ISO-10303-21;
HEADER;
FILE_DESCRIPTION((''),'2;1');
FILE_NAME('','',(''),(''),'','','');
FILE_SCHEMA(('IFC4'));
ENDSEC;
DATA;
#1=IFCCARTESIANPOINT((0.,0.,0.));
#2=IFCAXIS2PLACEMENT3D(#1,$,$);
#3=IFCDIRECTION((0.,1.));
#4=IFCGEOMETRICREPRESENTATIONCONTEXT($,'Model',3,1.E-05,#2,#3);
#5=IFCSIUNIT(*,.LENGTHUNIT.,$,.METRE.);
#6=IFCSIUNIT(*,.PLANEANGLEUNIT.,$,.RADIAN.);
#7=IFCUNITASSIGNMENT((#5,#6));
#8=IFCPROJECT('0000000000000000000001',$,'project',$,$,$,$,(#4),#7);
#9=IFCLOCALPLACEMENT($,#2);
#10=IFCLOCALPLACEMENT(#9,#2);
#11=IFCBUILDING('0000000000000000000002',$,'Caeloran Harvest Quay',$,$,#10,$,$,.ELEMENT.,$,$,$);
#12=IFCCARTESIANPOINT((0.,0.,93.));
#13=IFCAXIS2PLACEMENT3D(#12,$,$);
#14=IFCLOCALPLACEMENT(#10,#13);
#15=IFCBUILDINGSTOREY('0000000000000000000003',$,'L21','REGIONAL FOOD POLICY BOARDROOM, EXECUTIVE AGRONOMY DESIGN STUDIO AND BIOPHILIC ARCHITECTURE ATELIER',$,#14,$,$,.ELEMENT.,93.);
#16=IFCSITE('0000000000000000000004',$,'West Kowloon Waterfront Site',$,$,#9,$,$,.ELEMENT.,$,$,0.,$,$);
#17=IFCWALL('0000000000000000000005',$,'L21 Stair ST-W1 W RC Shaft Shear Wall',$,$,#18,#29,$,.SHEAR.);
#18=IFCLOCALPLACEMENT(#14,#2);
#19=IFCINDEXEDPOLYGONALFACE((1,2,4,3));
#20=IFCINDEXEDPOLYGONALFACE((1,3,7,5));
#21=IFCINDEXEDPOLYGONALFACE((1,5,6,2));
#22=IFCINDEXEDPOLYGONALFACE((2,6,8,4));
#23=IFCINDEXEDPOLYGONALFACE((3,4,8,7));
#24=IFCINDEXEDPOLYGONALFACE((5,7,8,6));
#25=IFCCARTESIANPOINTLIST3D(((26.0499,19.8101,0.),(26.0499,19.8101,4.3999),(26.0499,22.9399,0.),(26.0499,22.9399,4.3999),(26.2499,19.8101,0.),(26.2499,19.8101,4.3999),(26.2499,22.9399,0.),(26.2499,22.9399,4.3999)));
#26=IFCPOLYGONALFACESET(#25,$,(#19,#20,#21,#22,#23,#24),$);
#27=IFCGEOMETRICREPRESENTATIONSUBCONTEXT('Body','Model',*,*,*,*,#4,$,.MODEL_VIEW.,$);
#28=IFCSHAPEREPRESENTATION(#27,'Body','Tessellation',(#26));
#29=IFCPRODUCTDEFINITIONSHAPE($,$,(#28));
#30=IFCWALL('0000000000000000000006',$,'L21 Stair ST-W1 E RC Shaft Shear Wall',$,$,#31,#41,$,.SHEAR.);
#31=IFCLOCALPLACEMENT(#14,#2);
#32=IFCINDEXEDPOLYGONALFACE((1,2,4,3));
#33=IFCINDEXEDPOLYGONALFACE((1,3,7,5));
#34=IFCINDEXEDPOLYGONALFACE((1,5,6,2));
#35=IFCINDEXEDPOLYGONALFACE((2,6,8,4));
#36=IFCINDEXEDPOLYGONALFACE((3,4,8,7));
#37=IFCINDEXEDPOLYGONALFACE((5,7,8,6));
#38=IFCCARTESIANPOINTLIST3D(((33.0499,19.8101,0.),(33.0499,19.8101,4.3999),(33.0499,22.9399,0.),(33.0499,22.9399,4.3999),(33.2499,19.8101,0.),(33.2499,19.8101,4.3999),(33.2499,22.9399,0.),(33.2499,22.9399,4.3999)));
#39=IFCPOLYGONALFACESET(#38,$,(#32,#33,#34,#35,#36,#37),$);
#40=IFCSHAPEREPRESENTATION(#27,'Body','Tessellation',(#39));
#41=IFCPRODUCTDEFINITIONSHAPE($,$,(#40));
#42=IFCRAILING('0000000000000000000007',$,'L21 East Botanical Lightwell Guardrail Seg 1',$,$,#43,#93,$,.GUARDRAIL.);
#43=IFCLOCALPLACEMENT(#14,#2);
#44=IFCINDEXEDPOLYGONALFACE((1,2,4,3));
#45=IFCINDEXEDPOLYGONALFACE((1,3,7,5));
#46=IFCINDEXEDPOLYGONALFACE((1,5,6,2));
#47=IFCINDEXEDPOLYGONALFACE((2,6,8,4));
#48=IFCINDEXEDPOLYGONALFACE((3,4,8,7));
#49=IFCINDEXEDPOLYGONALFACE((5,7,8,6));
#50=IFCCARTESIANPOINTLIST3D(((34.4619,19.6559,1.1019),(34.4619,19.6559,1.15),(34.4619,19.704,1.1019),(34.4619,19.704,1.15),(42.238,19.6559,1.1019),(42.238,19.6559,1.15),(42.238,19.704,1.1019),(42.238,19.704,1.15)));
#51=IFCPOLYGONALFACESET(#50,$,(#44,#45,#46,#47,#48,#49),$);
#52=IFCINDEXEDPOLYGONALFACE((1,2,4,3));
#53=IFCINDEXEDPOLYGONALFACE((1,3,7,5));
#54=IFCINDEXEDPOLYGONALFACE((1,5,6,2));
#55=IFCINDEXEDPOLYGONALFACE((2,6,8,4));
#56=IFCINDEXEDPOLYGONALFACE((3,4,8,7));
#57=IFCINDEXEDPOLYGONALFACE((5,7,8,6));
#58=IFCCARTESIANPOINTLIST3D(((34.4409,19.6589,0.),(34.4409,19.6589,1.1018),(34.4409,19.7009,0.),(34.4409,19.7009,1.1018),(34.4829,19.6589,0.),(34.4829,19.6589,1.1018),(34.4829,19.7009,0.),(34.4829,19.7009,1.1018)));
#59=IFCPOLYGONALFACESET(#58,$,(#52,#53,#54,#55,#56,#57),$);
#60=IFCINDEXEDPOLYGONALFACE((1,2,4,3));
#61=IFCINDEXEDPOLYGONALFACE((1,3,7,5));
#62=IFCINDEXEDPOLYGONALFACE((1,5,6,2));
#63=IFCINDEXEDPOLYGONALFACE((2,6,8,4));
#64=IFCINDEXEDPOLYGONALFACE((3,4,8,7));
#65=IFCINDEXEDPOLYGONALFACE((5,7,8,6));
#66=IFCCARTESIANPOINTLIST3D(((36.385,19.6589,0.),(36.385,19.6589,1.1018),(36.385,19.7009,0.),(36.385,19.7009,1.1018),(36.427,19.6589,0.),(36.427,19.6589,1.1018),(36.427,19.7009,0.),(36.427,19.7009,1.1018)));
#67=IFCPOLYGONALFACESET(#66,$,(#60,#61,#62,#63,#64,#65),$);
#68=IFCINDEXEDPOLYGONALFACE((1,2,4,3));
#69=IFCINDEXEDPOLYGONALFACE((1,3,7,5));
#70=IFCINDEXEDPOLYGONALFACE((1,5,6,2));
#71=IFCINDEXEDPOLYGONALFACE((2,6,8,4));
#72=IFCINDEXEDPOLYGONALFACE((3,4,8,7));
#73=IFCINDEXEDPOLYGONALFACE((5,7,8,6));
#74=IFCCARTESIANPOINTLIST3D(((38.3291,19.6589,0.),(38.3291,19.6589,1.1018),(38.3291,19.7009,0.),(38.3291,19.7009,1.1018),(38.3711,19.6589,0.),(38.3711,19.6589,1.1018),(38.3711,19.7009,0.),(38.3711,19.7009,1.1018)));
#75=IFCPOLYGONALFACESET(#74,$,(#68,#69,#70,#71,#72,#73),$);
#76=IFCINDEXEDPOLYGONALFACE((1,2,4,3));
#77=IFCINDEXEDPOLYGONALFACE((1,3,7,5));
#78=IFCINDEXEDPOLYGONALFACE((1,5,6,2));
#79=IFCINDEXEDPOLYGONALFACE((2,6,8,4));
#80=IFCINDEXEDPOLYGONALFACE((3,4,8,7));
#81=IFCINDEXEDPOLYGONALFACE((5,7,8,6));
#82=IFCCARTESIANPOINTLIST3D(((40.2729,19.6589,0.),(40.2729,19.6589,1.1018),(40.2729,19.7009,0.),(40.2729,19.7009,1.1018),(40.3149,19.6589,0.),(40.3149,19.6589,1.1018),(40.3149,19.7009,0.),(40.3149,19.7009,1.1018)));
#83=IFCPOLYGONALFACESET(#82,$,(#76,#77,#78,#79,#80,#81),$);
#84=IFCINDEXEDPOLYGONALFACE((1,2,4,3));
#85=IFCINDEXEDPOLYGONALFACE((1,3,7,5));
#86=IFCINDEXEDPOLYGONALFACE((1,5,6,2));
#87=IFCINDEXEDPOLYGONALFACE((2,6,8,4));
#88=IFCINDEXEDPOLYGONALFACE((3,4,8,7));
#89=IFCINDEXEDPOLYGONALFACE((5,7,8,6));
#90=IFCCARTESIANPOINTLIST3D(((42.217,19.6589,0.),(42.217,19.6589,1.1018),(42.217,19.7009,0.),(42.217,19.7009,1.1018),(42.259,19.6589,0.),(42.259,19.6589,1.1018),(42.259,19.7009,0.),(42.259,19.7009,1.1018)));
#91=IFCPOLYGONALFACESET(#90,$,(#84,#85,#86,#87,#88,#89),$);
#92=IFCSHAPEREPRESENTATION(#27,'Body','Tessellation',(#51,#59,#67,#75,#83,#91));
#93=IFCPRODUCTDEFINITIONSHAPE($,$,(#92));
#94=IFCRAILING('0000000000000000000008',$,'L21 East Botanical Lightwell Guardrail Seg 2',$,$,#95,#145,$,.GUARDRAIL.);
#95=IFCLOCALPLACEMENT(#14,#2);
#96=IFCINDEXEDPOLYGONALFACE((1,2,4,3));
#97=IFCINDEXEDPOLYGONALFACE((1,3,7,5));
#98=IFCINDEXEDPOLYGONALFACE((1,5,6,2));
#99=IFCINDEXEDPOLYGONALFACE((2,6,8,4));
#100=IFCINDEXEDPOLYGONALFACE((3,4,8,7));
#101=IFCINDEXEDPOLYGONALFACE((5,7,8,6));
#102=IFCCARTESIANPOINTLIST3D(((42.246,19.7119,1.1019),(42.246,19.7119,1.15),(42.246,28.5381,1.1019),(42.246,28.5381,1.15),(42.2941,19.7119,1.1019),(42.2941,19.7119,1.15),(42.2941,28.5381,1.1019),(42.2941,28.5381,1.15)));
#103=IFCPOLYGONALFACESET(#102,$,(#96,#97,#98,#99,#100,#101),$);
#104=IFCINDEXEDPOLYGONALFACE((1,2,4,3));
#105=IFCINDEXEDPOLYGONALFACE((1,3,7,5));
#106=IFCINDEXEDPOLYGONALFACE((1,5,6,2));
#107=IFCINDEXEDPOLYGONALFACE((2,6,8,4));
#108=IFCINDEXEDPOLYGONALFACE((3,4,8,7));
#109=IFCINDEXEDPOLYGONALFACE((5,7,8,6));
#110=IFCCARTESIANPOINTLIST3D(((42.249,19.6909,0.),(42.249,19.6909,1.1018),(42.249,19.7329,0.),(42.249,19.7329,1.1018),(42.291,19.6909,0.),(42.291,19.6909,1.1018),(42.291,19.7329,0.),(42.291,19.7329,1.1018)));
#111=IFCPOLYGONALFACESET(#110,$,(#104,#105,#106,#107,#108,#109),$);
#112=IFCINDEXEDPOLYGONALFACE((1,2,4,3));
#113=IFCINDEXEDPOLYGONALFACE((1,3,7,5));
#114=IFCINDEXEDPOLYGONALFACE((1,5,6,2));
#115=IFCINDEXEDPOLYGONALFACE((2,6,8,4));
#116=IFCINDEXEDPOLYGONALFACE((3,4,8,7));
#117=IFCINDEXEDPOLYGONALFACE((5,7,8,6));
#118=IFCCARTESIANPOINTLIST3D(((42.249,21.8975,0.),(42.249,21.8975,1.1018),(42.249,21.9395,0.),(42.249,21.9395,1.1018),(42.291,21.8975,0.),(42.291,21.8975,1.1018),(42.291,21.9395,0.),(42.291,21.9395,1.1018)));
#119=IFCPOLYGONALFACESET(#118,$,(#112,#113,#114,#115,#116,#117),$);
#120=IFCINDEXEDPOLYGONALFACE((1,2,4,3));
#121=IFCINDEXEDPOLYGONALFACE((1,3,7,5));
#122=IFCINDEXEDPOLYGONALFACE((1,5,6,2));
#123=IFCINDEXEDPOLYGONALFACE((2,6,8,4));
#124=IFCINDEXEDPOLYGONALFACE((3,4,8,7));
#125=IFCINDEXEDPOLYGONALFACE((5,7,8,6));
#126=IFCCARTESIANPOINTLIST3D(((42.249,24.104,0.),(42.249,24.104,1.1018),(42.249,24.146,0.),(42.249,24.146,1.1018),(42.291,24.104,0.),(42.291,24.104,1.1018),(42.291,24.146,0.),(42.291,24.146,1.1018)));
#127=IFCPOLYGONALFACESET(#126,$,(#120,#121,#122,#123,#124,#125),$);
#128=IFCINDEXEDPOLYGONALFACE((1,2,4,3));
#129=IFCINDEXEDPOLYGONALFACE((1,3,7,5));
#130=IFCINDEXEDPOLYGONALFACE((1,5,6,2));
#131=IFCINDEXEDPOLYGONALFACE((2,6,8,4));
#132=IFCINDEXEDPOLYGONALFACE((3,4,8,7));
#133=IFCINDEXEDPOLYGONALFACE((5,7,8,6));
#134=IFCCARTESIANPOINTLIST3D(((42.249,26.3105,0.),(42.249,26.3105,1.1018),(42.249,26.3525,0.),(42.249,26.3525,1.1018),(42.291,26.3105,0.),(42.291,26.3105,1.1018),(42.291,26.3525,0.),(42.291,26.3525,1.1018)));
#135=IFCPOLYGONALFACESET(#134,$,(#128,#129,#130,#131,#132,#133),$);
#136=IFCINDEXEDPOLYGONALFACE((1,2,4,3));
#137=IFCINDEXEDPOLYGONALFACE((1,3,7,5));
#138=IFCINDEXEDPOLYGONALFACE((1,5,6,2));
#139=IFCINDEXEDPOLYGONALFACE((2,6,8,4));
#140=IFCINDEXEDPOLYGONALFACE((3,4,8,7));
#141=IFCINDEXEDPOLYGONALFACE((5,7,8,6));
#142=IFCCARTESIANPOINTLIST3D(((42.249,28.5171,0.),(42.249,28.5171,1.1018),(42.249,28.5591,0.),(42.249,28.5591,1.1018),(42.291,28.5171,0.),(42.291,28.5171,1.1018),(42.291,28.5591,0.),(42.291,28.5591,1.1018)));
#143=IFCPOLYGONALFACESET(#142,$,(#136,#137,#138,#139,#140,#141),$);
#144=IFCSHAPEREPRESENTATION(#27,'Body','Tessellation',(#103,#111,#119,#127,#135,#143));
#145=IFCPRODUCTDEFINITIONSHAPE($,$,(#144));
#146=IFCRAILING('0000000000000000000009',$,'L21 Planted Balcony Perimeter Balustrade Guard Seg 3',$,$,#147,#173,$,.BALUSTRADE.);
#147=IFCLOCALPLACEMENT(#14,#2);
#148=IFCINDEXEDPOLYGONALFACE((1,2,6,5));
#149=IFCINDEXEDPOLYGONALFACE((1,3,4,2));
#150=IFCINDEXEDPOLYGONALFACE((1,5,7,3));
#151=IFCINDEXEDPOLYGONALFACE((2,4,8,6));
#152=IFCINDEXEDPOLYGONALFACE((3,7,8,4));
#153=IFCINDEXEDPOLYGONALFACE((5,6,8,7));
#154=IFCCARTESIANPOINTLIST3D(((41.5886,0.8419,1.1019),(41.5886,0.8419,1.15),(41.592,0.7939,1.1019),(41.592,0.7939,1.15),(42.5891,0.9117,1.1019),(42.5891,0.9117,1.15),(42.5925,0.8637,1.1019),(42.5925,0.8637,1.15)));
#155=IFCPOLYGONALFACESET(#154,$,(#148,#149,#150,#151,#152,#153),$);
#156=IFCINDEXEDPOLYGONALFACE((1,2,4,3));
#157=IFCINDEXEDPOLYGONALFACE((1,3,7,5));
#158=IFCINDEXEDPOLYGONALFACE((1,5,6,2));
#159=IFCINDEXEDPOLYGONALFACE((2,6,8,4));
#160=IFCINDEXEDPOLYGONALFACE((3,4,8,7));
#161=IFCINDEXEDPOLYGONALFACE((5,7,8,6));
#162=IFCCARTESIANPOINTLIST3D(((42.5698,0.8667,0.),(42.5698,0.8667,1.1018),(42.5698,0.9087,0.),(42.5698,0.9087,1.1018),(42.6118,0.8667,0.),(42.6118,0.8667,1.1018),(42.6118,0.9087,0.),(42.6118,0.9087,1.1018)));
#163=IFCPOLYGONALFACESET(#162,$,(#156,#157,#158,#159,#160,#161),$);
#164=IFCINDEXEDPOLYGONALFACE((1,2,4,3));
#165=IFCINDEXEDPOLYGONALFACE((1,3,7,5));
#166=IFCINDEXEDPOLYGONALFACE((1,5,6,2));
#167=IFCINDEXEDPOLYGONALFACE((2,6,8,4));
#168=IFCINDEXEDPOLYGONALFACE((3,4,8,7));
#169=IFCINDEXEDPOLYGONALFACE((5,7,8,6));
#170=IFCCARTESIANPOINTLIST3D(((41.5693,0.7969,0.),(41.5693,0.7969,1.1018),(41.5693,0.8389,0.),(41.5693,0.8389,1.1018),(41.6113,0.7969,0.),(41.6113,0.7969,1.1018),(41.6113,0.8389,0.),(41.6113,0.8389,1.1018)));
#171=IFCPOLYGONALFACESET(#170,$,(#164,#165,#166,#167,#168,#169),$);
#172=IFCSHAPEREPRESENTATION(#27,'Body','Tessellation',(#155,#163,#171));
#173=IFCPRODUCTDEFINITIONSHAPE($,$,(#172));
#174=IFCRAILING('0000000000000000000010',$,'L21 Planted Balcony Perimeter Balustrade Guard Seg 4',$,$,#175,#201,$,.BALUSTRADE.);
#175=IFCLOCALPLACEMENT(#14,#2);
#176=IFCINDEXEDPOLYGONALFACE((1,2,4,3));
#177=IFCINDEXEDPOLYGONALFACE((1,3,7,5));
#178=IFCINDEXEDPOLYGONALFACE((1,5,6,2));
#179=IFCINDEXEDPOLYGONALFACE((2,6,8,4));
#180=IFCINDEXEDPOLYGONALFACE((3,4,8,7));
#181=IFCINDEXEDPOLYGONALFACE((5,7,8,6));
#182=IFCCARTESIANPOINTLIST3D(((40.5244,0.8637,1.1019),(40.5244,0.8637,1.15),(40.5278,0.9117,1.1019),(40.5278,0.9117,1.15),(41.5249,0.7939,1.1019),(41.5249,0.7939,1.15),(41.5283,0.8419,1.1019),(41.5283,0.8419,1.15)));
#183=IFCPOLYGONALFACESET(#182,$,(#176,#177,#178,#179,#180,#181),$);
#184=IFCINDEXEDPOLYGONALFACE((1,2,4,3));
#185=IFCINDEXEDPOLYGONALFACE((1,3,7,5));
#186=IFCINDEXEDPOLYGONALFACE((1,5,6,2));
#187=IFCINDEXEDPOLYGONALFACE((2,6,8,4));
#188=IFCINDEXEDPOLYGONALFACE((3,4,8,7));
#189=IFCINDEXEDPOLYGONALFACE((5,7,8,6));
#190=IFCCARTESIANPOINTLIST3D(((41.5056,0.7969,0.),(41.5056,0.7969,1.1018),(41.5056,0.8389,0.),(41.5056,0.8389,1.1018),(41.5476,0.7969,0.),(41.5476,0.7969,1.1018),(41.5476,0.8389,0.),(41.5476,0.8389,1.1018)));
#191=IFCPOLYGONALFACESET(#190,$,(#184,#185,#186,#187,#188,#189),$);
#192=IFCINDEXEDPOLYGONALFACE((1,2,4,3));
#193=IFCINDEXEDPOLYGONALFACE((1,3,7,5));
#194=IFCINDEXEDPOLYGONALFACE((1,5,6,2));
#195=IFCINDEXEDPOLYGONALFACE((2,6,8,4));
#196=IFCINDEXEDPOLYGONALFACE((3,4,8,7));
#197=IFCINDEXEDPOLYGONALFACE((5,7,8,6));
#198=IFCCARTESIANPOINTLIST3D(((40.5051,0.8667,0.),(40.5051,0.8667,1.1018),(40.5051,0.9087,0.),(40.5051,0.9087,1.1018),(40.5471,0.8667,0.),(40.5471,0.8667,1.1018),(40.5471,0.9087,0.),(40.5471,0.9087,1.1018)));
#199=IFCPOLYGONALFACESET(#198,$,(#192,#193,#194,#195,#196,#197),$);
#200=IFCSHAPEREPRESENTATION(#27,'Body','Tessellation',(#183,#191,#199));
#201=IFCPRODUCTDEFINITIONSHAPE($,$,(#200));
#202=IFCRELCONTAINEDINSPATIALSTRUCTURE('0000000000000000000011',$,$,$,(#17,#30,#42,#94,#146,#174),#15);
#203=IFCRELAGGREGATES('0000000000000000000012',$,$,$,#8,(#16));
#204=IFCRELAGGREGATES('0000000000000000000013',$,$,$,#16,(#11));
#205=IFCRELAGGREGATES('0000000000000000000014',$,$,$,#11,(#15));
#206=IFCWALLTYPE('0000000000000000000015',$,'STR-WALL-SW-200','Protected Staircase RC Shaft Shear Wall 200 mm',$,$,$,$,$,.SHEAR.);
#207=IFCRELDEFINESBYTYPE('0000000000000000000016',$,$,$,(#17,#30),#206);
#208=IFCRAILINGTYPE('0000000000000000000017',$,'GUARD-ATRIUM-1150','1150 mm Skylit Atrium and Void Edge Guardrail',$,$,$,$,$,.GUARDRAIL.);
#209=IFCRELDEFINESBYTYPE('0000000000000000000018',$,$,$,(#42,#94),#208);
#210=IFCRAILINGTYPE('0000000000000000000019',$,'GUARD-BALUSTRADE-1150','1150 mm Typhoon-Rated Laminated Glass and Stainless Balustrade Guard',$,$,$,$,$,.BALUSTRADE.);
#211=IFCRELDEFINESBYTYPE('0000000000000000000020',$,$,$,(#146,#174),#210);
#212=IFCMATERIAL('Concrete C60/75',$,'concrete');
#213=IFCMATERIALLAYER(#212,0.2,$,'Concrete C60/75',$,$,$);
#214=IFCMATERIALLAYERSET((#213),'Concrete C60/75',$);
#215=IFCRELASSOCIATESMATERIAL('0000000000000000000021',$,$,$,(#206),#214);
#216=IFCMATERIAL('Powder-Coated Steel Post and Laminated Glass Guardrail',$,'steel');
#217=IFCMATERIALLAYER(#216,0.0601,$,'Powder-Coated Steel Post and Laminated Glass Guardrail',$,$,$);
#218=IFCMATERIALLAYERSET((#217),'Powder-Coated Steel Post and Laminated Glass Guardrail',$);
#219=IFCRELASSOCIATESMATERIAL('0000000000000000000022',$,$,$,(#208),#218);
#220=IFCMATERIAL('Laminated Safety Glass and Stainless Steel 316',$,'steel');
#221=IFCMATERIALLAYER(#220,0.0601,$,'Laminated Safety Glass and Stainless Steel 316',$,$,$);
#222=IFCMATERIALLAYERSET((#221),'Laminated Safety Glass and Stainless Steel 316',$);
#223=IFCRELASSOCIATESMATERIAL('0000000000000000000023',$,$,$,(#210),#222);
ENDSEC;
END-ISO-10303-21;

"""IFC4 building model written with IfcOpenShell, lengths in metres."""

from ifc_helpers import new_model, si_unit, direction, frame, frame_2d, origin, origin_2d, place, context, subcontext, project, spatial, rectangle, extrude, material, layer, layer_set, type_object, element, save


model = new_model("IFC4")

# Units and contexts
model_context = context("Model", 3, precision=1e-05, world=origin(), true_north=direction((0.0, 1.0)))
body_context = subcontext(model_context, "Body", "Model", "MODEL_VIEW")
ifc_project = project(units=[si_unit("LENGTHUNIT", "METRE"), si_unit("PLANEANGLEUNIT", "RADIAN")], contexts=[model_context])

# Site, building, storey
site_placement = place(None, origin())
site = spatial("IfcSite", under=ifc_project, at=site_placement, Name="West Kowloon Waterfront Site", CompositionType="ELEMENT", RefElevation=0.0)
building_placement = place(site_placement, origin())
building = spatial("IfcBuilding", under=site, at=building_placement, Name="Caeloran Harvest Quay", CompositionType="ELEMENT")
storey_placement = place(building_placement, frame((0.0, 0.0, 93.0)))
storey = spatial("IfcBuildingStorey", under=building, at=storey_placement, Name="L21", Description="REGIONAL FOOD POLICY BOARDROOM, EXECUTIVE AGRONOMY DESIGN STUDIO AND BIOPHILIC ARCHITECTURE ATELIER", CompositionType="ELEMENT", Elevation=93.0)

# Shared definitions
ifc_material_1 = material(Name="Concrete C60/75", Category="concrete")
ifc_layer_1 = layer(ifc_material_1, 0.2, Name="Concrete C60/75")
ifc_layer_set_1 = layer_set([ifc_layer_1], Name="Concrete C60/75")
wall_type_1 = type_object("IfcWallType", Name="STR-WALL-SW-200", Description="Protected Staircase RC Shaft Shear Wall 200 mm", PredefinedType="SHEAR", material=ifc_layer_set_1)

# Walls
for number, where, z_axis, x_axis, name in (
    (1, (26.1499, 19.8101, 0.0), (0.0, 0.0, 1.0), (0.0, 1.0, 0.0), "L21 Stair ST-W1 W RC Shaft Shear Wall"),
    (2, (33.1499, 19.8101, 0.0), (0.0, 0.0, 1.0), (0.0, 1.0, 0.0), "L21 Stair ST-W1 E RC Shaft Shear Wall"),
):
    element("IfcWall", number, at=place(storey_placement, frame(where, z_axis=z_axis, x_axis=x_axis)), inside=storey, type_object=wall_type_1, Name=name, PredefinedType="SHEAR", context=body_context, shape_type="SweptSolid", body=[
        extrude(rectangle(XDim=3.1299, YDim=0.2, at=frame_2d((1.5649, 0.0))), origin(), (0.0, 0.0, 1.0), 4.3999),
    ])

# Railings
ifc_material_2 = material(Name="Powder-Coated Steel Post and Laminated Glass Guardrail", Category="steel")
ifc_layer_2 = layer(ifc_material_2, 0.0601, Name="Powder-Coated Steel Post and Laminated Glass Guardrail")
ifc_layer_set_2 = layer_set([ifc_layer_2], Name="Powder-Coated Steel Post and Laminated Glass Guardrail")
railing_type_1 = type_object("IfcRailingType", Name="GUARD-ATRIUM-1150", Description="1150 mm Skylit Atrium and Void Edge Guardrail", PredefinedType="GUARDRAIL", material=ifc_layer_set_2)
railing_1_placement = place(storey_placement, frame((34.4619, 19.6799, 0.0)))
element("IfcRailing", 3, at=railing_1_placement, inside=storey, type_object=railing_type_1, Name="L21 East Botanical Lightwell Guardrail Seg 1", PredefinedType="GUARDRAIL", context=body_context, shape_type="SweptSolid", body=[
    extrude(rectangle(XDim=0.0481, YDim=0.0481, at=origin_2d()), frame((0.0, 0.0, 1.126), z_axis=(1.0, 0.0, 0.0), x_axis=(0.0, 1.0, 0.0)), (0.0, 0.0, 1.0), 7.7761),
    extrude(rectangle(XDim=0.042, YDim=0.042, at=origin_2d()), origin(), (0.0, 0.0, 1.0), 1.1018),
    extrude(rectangle(XDim=0.042, YDim=0.042, at=origin_2d()), frame((1.9441, 0.0, 0.0)), (0.0, 0.0, 1.0), 1.1018),
    extrude(rectangle(XDim=0.042, YDim=0.042, at=origin_2d()), frame((3.8882, 0.0, 0.0)), (0.0, 0.0, 1.0), 1.1018),
    extrude(rectangle(XDim=0.042, YDim=0.042, at=origin_2d()), frame((5.832, 0.0, 0.0)), (0.0, 0.0, 1.0), 1.1018),
    extrude(rectangle(XDim=0.042, YDim=0.042, at=origin_2d()), frame((7.7761, 0.0, 0.0)), (0.0, 0.0, 1.0), 1.1018),
])
railing_2_placement = place(storey_placement, frame((42.27, 19.7119, 0.0)))
element("IfcRailing", 4, at=railing_2_placement, inside=storey, type_object=railing_type_1, Name="L21 East Botanical Lightwell Guardrail Seg 2", PredefinedType="GUARDRAIL", context=body_context, shape_type="SweptSolid", body=[
    extrude(rectangle(XDim=0.0481, YDim=0.0481, at=origin_2d()), frame((0.0, 0.0, 1.126), z_axis=(0.0, 1.0, 0.0), x_axis=(-1.0, 0.0, 0.0)), (0.0, 0.0, 1.0), 8.8262),
    extrude(rectangle(XDim=0.042, YDim=0.042, at=origin_2d()), origin(), (0.0, 0.0, 1.0), 1.1018),
    extrude(rectangle(XDim=0.042, YDim=0.042, at=origin_2d()), frame((0.0, 2.2065, 0.0)), (0.0, 0.0, 1.0), 1.1018),
    extrude(rectangle(XDim=0.042, YDim=0.042, at=origin_2d()), frame((0.0, 4.4131, 0.0)), (0.0, 0.0, 1.0), 1.1018),
    extrude(rectangle(XDim=0.042, YDim=0.042, at=origin_2d()), frame((0.0, 6.6196, 0.0)), (0.0, 0.0, 1.0), 1.1018),
    extrude(rectangle(XDim=0.042, YDim=0.042, at=origin_2d()), frame((0.0, 8.8262, 0.0)), (0.0, 0.0, 1.0), 1.1018),
])
ifc_material_3 = material(Name="Laminated Safety Glass and Stainless Steel 316", Category="steel")
ifc_layer_3 = layer(ifc_material_3, 0.0601, Name="Laminated Safety Glass and Stainless Steel 316")
ifc_layer_set_3 = layer_set([ifc_layer_3], Name="Laminated Safety Glass and Stainless Steel 316")
railing_type_2 = type_object("IfcRailingType", Name="GUARD-BALUSTRADE-1150", Description="1150 mm Typhoon-Rated Laminated Glass and Stainless Balustrade Guard", PredefinedType="BALUSTRADE", material=ifc_layer_set_3)
railing_3_placement = place(storey_placement, frame((42.5908, 0.8877, 0.0)))
element("IfcRailing", 5, at=railing_3_placement, inside=storey, type_object=railing_type_2, Name="L21 Planted Balcony Perimeter Balustrade Guard Seg 3", PredefinedType="BALUSTRADE", context=body_context, shape_type="SweptSolid", body=[
    extrude(rectangle(XDim=0.0481, YDim=0.0481, at=origin_2d()), frame((0.0, 0.0, 1.126), z_axis=(-0.997574, -0.069621, 0.0), x_axis=(0.069621, -0.997574, 0.0)), (0.0, 0.0, 1.0), 1.0029),
    extrude(rectangle(XDim=0.042, YDim=0.042, at=origin_2d()), origin(), (0.0, 0.0, 1.0), 1.1018),
    extrude(rectangle(XDim=0.042, YDim=0.042, at=origin_2d()), frame((-1.0005, -0.0698, 0.0)), (0.0, 0.0, 1.0), 1.1018),
])
railing_4_placement = place(storey_placement, frame((41.5266, 0.8179, 0.0)))
element("IfcRailing", 6, at=railing_4_placement, inside=storey, type_object=railing_type_2, Name="L21 Planted Balcony Perimeter Balustrade Guard Seg 4", PredefinedType="BALUSTRADE", context=body_context, shape_type="SweptSolid", body=[
    extrude(rectangle(XDim=0.0481, YDim=0.0481, at=origin_2d()), frame((0.0, 0.0, 1.126), z_axis=(-0.997574, 0.069621, 0.0), x_axis=(-0.069621, -0.997574, 0.0)), (0.0, 0.0, 1.0), 1.0029),
    extrude(rectangle(XDim=0.042, YDim=0.042, at=origin_2d()), origin(), (0.0, 0.0, 1.0), 1.1018),
    extrude(rectangle(XDim=0.042, YDim=0.042, at=origin_2d()), frame((-1.0005, 0.0698, 0.0)), (0.0, 0.0, 1.0), 1.1018),
])

save(model, "model.ifc")
